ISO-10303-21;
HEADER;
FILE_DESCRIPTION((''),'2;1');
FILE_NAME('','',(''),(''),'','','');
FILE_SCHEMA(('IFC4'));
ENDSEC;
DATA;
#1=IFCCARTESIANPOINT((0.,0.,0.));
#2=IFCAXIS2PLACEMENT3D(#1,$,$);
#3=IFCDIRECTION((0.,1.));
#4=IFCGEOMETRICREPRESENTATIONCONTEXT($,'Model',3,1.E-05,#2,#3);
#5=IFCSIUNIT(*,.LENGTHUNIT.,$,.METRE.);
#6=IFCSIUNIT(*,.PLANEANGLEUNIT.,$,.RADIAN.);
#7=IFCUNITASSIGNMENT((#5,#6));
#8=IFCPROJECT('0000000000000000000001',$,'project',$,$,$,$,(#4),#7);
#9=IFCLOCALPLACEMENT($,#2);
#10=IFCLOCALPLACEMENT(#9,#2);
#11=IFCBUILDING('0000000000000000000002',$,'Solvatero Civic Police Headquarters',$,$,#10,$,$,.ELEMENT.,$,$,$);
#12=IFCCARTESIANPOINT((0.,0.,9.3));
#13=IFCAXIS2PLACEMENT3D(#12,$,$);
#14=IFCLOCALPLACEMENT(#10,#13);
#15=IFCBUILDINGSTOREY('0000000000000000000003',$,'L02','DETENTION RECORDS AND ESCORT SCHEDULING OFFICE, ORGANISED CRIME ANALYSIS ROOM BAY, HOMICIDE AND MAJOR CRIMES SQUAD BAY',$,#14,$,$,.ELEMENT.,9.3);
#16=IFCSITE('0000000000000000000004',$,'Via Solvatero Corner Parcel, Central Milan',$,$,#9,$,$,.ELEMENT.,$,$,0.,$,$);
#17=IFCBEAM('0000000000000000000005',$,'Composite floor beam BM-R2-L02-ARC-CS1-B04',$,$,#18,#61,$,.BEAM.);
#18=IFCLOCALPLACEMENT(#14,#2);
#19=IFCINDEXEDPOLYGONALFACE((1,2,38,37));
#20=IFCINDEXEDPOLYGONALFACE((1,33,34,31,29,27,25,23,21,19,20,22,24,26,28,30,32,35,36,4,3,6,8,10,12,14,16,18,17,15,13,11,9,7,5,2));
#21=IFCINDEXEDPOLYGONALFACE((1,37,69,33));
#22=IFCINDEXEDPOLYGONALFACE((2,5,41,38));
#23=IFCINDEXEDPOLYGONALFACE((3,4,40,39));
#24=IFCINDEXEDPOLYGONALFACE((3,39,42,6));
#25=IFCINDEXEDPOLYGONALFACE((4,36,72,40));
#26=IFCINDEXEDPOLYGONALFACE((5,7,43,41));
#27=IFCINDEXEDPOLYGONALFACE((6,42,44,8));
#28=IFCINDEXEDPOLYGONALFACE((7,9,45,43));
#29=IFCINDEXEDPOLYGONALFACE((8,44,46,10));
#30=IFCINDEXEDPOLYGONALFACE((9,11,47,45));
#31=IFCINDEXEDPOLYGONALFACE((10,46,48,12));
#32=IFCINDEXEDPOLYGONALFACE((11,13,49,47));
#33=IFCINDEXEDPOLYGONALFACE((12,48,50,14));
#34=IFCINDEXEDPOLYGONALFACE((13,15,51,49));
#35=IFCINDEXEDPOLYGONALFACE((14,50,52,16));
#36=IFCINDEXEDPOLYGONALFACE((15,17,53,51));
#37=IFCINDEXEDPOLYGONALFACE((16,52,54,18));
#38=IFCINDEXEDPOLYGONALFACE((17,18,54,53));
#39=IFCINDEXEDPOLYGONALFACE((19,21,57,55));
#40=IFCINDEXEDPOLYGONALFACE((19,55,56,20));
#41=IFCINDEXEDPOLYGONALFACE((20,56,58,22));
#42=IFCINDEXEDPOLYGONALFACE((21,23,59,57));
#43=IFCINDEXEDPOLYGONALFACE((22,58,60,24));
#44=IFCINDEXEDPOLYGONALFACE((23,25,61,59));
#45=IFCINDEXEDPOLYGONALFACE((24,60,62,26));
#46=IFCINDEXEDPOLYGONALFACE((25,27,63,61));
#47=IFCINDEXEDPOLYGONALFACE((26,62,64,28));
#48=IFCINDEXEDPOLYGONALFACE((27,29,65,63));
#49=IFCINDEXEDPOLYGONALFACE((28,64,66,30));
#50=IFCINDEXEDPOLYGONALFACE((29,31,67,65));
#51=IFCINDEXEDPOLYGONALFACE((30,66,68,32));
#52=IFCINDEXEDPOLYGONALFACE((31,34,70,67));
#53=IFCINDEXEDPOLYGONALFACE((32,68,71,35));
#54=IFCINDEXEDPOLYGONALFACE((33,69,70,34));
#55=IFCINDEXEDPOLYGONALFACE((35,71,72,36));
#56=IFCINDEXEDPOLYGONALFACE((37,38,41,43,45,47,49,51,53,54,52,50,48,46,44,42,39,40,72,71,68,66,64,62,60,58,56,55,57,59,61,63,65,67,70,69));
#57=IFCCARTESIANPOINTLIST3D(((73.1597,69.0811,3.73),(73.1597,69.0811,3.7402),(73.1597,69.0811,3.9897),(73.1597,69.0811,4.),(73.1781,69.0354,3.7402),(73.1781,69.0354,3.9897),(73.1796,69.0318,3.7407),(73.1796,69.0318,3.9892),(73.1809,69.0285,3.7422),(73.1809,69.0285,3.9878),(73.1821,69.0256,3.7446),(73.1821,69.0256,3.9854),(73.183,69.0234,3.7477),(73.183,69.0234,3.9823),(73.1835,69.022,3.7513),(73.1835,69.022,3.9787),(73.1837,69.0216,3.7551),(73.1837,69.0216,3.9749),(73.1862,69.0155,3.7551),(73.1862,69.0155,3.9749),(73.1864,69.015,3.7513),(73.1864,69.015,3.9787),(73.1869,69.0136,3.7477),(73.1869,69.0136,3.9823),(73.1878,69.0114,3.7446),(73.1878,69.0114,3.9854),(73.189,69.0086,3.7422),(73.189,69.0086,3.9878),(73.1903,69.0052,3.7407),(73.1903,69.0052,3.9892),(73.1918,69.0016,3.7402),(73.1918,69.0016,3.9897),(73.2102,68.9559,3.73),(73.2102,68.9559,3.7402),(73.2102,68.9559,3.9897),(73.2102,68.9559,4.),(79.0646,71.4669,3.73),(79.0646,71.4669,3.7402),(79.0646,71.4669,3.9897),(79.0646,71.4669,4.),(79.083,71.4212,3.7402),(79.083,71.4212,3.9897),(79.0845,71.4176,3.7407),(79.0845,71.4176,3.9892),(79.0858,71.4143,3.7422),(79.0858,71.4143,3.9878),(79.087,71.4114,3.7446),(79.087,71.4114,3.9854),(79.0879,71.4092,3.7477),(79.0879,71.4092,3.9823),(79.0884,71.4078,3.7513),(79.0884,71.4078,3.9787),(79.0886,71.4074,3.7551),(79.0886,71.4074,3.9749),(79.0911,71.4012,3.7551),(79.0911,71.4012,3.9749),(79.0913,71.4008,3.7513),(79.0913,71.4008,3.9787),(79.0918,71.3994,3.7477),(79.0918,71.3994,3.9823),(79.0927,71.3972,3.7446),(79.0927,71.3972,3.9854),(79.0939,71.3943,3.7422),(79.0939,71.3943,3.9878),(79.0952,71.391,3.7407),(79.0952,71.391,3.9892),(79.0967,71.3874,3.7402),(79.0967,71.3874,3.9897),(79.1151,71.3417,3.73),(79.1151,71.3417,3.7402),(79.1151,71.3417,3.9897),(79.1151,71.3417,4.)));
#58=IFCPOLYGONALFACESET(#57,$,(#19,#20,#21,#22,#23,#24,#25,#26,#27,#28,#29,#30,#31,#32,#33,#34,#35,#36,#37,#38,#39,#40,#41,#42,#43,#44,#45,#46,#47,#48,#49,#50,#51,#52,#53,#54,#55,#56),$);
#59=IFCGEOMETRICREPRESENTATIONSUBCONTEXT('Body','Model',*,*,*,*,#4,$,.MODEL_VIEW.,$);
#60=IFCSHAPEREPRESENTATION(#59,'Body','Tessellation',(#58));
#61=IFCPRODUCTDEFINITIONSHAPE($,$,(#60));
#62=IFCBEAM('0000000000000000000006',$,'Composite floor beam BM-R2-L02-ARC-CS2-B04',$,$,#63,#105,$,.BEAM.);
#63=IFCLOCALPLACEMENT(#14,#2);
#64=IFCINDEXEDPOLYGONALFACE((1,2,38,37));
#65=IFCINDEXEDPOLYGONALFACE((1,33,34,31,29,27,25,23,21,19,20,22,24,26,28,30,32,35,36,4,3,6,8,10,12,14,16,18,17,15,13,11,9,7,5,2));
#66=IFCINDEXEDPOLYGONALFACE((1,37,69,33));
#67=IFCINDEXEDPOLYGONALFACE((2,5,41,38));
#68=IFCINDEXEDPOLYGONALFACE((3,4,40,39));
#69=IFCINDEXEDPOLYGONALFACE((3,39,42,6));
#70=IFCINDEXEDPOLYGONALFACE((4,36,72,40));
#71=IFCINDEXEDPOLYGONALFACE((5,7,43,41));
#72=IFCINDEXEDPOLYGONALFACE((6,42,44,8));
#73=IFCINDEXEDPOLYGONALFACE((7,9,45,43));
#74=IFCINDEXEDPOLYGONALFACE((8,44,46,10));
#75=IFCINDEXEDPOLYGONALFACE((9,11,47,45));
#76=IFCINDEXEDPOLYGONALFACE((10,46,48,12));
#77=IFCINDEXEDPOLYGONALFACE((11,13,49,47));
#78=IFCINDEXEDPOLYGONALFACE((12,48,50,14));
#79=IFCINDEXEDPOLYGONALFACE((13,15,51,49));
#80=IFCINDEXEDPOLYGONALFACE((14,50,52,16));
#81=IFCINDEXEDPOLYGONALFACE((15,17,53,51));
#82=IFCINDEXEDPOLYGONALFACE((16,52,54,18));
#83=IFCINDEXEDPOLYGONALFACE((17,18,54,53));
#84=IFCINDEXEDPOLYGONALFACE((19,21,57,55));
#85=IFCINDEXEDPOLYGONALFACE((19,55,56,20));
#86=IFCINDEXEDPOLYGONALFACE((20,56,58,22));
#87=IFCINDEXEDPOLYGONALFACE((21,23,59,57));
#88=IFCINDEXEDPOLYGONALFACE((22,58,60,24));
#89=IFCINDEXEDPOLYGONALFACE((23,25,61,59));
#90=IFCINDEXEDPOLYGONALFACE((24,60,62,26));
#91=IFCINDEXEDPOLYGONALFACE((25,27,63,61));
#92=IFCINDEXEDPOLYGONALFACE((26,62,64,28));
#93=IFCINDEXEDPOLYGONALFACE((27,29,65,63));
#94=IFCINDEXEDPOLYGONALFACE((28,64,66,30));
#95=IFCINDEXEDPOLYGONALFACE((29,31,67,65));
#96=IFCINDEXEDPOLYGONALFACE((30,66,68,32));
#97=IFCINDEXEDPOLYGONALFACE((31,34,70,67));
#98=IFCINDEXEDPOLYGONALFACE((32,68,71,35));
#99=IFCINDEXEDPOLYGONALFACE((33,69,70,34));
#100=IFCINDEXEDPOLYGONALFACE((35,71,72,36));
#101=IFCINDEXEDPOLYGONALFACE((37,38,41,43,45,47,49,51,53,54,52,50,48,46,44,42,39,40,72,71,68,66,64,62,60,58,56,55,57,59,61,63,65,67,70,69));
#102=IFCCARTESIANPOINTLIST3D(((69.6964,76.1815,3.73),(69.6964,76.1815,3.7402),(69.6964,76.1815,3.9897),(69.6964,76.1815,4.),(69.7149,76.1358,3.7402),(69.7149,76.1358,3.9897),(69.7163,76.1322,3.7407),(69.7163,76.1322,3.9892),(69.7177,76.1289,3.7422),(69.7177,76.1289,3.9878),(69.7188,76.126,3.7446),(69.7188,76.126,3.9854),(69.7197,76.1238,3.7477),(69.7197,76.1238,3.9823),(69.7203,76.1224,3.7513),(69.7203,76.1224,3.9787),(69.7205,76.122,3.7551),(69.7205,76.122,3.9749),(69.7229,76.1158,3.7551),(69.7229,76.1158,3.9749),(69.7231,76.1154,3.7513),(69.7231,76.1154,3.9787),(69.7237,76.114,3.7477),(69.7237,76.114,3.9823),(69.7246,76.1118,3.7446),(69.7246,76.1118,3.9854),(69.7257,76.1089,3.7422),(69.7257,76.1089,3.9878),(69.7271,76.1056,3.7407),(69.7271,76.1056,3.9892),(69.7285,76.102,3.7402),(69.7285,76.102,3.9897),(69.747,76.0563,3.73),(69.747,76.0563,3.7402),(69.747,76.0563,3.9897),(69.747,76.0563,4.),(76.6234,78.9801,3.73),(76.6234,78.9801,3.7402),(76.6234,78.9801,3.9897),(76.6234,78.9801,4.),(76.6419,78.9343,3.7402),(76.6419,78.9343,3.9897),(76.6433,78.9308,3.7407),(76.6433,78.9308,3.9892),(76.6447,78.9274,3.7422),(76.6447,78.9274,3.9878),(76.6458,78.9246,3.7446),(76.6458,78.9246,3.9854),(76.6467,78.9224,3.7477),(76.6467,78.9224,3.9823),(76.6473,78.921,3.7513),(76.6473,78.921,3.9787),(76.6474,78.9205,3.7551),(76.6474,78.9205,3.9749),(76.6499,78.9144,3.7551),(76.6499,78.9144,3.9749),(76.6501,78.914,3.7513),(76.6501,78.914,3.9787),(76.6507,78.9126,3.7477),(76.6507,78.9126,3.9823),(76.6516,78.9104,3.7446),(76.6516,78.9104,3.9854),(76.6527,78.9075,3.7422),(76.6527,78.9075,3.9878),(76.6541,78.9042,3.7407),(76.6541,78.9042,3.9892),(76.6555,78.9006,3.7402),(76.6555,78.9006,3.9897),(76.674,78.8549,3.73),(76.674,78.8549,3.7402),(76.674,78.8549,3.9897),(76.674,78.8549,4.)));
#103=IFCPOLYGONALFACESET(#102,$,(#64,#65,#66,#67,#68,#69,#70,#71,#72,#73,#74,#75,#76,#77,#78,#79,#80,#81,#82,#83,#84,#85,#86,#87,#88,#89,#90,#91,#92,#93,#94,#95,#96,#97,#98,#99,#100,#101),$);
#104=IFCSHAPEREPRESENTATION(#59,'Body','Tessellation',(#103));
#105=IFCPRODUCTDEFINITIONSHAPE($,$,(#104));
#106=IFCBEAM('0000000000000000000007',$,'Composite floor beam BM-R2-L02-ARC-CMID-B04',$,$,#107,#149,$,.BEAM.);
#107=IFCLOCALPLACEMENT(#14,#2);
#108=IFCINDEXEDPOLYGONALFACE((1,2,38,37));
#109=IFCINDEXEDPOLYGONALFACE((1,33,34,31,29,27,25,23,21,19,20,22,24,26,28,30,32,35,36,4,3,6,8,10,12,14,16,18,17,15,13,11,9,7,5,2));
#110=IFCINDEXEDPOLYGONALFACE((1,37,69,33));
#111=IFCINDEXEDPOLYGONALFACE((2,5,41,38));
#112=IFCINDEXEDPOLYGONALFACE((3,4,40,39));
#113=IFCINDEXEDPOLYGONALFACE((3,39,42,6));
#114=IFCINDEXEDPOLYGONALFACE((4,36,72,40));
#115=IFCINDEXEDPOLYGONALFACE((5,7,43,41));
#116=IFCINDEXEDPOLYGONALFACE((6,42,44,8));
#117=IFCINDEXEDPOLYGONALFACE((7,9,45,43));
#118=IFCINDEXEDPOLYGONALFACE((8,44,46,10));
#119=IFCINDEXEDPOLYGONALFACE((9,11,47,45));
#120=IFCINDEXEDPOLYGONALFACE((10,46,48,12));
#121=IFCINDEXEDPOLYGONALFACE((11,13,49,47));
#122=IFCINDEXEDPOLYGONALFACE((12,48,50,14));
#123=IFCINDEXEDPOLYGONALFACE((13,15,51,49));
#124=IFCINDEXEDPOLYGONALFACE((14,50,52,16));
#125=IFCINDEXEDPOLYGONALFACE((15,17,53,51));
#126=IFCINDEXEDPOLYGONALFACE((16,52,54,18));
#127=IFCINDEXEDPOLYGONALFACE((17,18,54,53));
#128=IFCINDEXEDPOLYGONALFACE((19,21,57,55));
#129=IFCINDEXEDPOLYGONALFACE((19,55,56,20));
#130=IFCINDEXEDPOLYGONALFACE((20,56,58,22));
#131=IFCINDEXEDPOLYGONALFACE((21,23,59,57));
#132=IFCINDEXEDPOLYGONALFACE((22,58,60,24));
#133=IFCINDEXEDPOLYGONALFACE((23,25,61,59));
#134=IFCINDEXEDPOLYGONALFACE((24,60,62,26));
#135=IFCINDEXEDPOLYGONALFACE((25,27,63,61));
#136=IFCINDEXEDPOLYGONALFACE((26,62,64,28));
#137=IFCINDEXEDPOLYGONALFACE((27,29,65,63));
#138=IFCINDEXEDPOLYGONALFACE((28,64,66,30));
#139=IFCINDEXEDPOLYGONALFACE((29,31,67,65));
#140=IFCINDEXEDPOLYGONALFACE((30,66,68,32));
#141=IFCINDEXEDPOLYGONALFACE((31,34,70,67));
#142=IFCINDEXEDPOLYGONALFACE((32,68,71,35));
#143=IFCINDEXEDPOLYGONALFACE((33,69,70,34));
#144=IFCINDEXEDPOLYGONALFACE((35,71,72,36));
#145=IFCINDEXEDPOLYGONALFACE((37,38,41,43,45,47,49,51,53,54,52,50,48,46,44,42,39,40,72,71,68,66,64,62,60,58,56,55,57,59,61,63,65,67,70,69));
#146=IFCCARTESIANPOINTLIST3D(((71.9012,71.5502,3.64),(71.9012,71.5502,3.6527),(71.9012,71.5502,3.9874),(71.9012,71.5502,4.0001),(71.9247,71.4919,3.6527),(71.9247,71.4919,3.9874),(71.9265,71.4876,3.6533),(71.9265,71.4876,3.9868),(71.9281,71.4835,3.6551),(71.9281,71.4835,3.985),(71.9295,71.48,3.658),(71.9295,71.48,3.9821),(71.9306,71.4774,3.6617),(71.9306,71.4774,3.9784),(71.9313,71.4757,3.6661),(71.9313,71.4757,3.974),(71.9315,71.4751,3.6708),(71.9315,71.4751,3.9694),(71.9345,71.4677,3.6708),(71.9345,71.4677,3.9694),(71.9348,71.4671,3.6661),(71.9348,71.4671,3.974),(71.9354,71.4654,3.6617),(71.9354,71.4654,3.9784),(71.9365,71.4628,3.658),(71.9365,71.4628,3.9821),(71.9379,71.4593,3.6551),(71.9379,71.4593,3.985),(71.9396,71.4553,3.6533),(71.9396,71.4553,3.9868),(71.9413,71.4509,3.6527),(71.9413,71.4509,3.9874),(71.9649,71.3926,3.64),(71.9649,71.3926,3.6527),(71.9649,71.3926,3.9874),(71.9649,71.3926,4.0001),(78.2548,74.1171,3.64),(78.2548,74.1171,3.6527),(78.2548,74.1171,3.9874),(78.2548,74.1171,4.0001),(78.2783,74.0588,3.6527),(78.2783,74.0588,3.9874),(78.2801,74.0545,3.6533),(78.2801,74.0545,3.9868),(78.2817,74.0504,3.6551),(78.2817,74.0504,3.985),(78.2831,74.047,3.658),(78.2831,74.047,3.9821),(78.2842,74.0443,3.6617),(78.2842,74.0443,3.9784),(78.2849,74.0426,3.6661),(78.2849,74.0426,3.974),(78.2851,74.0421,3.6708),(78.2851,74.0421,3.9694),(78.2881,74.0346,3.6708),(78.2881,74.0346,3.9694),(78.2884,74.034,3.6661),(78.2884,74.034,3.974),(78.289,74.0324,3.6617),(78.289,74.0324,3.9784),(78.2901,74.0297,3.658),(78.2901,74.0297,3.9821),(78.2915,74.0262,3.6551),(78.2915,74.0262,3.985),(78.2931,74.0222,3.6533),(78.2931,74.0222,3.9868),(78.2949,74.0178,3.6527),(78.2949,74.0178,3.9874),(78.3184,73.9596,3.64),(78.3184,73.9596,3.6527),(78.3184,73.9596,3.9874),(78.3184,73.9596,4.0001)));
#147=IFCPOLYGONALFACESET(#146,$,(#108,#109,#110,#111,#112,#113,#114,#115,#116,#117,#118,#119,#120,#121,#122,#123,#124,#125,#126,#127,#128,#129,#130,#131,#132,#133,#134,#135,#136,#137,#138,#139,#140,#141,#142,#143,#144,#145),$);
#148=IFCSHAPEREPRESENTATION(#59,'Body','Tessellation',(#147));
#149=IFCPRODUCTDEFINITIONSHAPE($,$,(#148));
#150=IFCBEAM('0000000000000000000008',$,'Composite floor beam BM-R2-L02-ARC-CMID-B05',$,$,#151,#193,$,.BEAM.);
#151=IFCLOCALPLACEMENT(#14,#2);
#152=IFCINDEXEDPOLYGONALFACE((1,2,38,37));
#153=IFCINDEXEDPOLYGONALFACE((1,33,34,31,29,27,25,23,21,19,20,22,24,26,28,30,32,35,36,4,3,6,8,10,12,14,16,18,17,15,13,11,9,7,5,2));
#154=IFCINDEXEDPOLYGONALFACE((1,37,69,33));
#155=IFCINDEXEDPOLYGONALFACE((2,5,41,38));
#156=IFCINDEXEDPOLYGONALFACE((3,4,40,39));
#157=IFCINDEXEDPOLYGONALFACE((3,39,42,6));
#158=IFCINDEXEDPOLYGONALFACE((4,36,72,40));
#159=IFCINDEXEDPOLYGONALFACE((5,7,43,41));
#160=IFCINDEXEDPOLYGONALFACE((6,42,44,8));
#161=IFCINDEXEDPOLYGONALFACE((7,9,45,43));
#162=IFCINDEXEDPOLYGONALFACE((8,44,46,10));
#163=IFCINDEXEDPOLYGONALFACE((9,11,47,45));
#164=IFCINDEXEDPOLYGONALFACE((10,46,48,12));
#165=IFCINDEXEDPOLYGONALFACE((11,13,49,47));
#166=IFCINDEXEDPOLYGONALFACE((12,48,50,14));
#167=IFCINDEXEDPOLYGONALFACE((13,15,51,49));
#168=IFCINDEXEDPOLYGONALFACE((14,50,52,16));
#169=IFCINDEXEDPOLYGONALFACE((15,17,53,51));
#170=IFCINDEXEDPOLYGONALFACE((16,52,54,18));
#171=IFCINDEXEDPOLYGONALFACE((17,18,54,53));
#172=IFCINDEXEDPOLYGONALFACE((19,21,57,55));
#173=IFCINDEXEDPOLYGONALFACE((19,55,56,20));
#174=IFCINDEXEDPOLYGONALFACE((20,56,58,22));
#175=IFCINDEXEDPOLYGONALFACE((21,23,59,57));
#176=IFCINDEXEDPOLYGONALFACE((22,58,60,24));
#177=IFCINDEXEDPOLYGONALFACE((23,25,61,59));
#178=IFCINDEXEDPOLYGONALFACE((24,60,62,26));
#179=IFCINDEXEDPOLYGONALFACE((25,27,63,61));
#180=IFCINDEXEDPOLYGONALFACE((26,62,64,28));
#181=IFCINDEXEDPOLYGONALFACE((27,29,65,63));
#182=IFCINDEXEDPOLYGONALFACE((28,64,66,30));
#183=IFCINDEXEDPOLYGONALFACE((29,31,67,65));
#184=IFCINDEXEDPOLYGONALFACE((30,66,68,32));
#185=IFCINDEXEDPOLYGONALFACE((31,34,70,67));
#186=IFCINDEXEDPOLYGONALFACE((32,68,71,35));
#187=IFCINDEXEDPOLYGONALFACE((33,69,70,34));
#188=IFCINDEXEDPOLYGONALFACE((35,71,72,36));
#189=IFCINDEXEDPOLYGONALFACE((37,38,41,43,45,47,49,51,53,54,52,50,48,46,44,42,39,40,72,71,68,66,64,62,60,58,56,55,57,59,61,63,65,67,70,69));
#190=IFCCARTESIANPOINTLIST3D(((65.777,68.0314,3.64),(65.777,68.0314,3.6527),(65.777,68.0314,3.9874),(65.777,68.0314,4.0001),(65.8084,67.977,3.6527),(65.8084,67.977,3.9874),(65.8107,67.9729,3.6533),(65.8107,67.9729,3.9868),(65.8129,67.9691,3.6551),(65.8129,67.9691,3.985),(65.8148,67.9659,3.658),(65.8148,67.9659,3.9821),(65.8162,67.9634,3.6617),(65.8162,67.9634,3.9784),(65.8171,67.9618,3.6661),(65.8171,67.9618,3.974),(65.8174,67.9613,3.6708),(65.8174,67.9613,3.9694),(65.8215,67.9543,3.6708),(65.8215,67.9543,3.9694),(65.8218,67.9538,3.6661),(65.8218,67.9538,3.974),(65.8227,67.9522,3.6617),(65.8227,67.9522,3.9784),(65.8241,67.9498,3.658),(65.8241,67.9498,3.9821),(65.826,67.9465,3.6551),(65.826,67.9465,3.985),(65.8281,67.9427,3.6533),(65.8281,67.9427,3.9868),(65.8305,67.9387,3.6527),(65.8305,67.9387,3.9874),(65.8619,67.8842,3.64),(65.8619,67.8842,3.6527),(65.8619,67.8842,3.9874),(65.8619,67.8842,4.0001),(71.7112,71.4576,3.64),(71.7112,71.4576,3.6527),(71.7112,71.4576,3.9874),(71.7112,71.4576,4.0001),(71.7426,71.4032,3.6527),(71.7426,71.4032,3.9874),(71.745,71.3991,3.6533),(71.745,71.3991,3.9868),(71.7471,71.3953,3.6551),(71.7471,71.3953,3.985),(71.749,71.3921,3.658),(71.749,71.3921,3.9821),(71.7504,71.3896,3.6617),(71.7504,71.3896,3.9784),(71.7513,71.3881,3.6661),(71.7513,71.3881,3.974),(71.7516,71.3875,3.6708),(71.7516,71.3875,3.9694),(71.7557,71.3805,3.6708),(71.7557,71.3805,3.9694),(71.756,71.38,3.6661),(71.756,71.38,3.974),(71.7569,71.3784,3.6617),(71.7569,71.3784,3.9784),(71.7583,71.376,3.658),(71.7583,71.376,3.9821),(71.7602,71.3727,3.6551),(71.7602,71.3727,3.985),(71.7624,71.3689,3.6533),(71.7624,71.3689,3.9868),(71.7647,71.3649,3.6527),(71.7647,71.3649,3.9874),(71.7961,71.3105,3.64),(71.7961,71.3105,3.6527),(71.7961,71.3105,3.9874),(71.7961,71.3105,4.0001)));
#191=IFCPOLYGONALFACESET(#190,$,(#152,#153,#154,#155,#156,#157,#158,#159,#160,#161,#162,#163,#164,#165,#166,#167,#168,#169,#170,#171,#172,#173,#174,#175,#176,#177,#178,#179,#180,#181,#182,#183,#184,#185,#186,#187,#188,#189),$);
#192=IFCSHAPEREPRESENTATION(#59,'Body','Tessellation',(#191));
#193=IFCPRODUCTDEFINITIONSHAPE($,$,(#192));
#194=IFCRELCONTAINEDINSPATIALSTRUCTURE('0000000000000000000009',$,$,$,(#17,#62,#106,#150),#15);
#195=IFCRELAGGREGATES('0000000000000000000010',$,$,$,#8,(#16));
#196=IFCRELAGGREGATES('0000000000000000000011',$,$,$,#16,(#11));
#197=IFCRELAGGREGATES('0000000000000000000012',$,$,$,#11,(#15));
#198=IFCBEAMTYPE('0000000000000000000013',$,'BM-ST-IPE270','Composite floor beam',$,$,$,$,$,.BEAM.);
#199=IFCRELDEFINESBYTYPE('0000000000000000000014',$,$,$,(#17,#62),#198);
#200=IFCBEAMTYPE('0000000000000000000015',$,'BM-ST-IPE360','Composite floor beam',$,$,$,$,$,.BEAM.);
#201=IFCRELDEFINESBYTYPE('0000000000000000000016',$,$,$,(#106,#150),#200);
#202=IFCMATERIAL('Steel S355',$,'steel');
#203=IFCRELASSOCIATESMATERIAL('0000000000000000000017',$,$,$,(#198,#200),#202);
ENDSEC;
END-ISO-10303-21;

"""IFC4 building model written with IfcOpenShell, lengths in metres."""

from ifc_helpers import new_model, si_unit, direction, frame, origin, origin_2d, place, context, subcontext, project, spatial, i_section, extrude, material, material_profile, profile_set, type_object, element, save


model = new_model("IFC4")

# Units and contexts
model_context = context("Model", 3, precision=1e-05, world=origin(), true_north=direction((0.0, 1.0)))
body_context = subcontext(model_context, "Body", "Model", "MODEL_VIEW")
ifc_project = project(units=[si_unit("LENGTHUNIT", "METRE"), si_unit("PLANEANGLEUNIT", "RADIAN")], contexts=[model_context])

# Site, building, storey
site_placement = place(None, origin())
site = spatial("IfcSite", under=ifc_project, at=site_placement, Name="Via Solvatero Corner Parcel, Central Milan", CompositionType="ELEMENT", RefElevation=0.0)
building_placement = place(site_placement, origin())
building = spatial("IfcBuilding", under=site, at=building_placement, Name="Solvatero Civic Police Headquarters", CompositionType="ELEMENT")
storey_placement = place(building_placement, frame((0.0, 0.0, 9.3)))
storey = spatial("IfcBuildingStorey", under=building, at=storey_placement, Name="L02", Description="DETENTION RECORDS AND ESCORT SCHEDULING OFFICE, ORGANISED CRIME ANALYSIS ROOM BAY, HOMICIDE AND MAJOR CRIMES SQUAD BAY", CompositionType="ELEMENT", Elevation=9.3)

# Shared definitions
ifc_material_1 = material(Name="Steel S355", Category="steel")

# Beams
ifc_material_profile_1 = material_profile(ifc_material_1, i_section(OverallWidth=0.135, OverallDepth=0.27, WebThickness=0.0066, FlangeThickness=0.0103, FilletRadius=0.0149, at=origin_2d()), Name="IPE 270")
ifc_profile_set_1 = profile_set([ifc_material_profile_1], Name="Steel S355")
beam_type_1 = type_object("IfcBeamType", Name="BM-ST-IPE270", Description="Composite floor beam", PredefinedType="BEAM", material=ifc_profile_set_1)
beam_1_placement = place(storey_placement, frame((79.0898, 71.4043, 3.865), z_axis=(-0.927181, -0.374614, 0.0), x_axis=(0.374614, -0.927181, 0.0)))
element("IfcBeam", 1, at=beam_1_placement, inside=storey, type_object=beam_type_1, Name="Composite floor beam BM-R2-L02-ARC-CS1-B04", PredefinedType="BEAM", context=body_context, shape_type="SweptSolid", body=[
    extrude(i_section(OverallWidth=0.135, OverallDepth=0.27, WebThickness=0.0066, FlangeThickness=0.0103, FilletRadius=0.0149, at=origin_2d()), origin(), (0.0, 0.0, 1.0), 6.3687),
])
beam_2_placement = place(storey_placement, frame((76.6487, 78.9175, 3.865), z_axis=(-0.927189, -0.374594, 0.0), x_axis=(0.374594, -0.927189, 0.0)))
element("IfcBeam", 2, at=beam_2_placement, inside=storey, type_object=beam_type_1, Name="Composite floor beam BM-R2-L02-ARC-CS2-B04", PredefinedType="BEAM", context=body_context, shape_type="SweptSolid", body=[
    extrude(i_section(OverallWidth=0.135, OverallDepth=0.27, WebThickness=0.0066, FlangeThickness=0.0103, FilletRadius=0.0149, at=origin_2d()), origin(), (0.0, 0.0, 1.0), 7.4709),
])
ifc_material_profile_2 = material_profile(ifc_material_1, i_section(OverallWidth=0.1699, OverallDepth=0.3601, WebThickness=0.0081, FlangeThickness=0.0127, FilletRadius=0.0181, at=origin_2d()), Name="IPE 360")
ifc_profile_set_2 = profile_set([ifc_material_profile_2], Name="Steel S355")
beam_type_2 = type_object("IfcBeamType", Name="BM-ST-IPE360", Description="Composite floor beam", PredefinedType="BEAM", material=ifc_profile_set_2)
beam_3_placement = place(storey_placement, frame((78.2866, 74.0383, 3.8201), z_axis=(-0.927189, -0.374595, 0.0), x_axis=(0.374595, -0.927189, 0.0)))
element("IfcBeam", 3, at=beam_3_placement, inside=storey, type_object=beam_type_2, Name="Composite floor beam BM-R2-L02-ARC-CMID-B04", PredefinedType="BEAM", context=body_context, shape_type="SweptSolid", body=[
    extrude(i_section(OverallWidth=0.1699, OverallDepth=0.3601, WebThickness=0.0081, FlangeThickness=0.0127, FilletRadius=0.0181, at=origin_2d()), origin(), (0.0, 0.0, 1.0), 6.8525),
])
beam_4_placement = place(storey_placement, frame((71.7537, 71.384, 3.8201), z_axis=(-0.86602, -0.500009, 0.0), x_axis=(0.500009, -0.86602, 0.0)))
element("IfcBeam", 4, at=beam_4_placement, inside=storey, type_object=beam_type_2, Name="Composite floor beam BM-R2-L02-ARC-CMID-B05", PredefinedType="BEAM", context=body_context, shape_type="SweptSolid", body=[
    extrude(i_section(OverallWidth=0.1699, OverallDepth=0.3601, WebThickness=0.0081, FlangeThickness=0.0127, FilletRadius=0.0181, at=origin_2d()), origin(), (0.0, 0.0, 1.0), 6.8523),
])

save(model, "model.ifc")
